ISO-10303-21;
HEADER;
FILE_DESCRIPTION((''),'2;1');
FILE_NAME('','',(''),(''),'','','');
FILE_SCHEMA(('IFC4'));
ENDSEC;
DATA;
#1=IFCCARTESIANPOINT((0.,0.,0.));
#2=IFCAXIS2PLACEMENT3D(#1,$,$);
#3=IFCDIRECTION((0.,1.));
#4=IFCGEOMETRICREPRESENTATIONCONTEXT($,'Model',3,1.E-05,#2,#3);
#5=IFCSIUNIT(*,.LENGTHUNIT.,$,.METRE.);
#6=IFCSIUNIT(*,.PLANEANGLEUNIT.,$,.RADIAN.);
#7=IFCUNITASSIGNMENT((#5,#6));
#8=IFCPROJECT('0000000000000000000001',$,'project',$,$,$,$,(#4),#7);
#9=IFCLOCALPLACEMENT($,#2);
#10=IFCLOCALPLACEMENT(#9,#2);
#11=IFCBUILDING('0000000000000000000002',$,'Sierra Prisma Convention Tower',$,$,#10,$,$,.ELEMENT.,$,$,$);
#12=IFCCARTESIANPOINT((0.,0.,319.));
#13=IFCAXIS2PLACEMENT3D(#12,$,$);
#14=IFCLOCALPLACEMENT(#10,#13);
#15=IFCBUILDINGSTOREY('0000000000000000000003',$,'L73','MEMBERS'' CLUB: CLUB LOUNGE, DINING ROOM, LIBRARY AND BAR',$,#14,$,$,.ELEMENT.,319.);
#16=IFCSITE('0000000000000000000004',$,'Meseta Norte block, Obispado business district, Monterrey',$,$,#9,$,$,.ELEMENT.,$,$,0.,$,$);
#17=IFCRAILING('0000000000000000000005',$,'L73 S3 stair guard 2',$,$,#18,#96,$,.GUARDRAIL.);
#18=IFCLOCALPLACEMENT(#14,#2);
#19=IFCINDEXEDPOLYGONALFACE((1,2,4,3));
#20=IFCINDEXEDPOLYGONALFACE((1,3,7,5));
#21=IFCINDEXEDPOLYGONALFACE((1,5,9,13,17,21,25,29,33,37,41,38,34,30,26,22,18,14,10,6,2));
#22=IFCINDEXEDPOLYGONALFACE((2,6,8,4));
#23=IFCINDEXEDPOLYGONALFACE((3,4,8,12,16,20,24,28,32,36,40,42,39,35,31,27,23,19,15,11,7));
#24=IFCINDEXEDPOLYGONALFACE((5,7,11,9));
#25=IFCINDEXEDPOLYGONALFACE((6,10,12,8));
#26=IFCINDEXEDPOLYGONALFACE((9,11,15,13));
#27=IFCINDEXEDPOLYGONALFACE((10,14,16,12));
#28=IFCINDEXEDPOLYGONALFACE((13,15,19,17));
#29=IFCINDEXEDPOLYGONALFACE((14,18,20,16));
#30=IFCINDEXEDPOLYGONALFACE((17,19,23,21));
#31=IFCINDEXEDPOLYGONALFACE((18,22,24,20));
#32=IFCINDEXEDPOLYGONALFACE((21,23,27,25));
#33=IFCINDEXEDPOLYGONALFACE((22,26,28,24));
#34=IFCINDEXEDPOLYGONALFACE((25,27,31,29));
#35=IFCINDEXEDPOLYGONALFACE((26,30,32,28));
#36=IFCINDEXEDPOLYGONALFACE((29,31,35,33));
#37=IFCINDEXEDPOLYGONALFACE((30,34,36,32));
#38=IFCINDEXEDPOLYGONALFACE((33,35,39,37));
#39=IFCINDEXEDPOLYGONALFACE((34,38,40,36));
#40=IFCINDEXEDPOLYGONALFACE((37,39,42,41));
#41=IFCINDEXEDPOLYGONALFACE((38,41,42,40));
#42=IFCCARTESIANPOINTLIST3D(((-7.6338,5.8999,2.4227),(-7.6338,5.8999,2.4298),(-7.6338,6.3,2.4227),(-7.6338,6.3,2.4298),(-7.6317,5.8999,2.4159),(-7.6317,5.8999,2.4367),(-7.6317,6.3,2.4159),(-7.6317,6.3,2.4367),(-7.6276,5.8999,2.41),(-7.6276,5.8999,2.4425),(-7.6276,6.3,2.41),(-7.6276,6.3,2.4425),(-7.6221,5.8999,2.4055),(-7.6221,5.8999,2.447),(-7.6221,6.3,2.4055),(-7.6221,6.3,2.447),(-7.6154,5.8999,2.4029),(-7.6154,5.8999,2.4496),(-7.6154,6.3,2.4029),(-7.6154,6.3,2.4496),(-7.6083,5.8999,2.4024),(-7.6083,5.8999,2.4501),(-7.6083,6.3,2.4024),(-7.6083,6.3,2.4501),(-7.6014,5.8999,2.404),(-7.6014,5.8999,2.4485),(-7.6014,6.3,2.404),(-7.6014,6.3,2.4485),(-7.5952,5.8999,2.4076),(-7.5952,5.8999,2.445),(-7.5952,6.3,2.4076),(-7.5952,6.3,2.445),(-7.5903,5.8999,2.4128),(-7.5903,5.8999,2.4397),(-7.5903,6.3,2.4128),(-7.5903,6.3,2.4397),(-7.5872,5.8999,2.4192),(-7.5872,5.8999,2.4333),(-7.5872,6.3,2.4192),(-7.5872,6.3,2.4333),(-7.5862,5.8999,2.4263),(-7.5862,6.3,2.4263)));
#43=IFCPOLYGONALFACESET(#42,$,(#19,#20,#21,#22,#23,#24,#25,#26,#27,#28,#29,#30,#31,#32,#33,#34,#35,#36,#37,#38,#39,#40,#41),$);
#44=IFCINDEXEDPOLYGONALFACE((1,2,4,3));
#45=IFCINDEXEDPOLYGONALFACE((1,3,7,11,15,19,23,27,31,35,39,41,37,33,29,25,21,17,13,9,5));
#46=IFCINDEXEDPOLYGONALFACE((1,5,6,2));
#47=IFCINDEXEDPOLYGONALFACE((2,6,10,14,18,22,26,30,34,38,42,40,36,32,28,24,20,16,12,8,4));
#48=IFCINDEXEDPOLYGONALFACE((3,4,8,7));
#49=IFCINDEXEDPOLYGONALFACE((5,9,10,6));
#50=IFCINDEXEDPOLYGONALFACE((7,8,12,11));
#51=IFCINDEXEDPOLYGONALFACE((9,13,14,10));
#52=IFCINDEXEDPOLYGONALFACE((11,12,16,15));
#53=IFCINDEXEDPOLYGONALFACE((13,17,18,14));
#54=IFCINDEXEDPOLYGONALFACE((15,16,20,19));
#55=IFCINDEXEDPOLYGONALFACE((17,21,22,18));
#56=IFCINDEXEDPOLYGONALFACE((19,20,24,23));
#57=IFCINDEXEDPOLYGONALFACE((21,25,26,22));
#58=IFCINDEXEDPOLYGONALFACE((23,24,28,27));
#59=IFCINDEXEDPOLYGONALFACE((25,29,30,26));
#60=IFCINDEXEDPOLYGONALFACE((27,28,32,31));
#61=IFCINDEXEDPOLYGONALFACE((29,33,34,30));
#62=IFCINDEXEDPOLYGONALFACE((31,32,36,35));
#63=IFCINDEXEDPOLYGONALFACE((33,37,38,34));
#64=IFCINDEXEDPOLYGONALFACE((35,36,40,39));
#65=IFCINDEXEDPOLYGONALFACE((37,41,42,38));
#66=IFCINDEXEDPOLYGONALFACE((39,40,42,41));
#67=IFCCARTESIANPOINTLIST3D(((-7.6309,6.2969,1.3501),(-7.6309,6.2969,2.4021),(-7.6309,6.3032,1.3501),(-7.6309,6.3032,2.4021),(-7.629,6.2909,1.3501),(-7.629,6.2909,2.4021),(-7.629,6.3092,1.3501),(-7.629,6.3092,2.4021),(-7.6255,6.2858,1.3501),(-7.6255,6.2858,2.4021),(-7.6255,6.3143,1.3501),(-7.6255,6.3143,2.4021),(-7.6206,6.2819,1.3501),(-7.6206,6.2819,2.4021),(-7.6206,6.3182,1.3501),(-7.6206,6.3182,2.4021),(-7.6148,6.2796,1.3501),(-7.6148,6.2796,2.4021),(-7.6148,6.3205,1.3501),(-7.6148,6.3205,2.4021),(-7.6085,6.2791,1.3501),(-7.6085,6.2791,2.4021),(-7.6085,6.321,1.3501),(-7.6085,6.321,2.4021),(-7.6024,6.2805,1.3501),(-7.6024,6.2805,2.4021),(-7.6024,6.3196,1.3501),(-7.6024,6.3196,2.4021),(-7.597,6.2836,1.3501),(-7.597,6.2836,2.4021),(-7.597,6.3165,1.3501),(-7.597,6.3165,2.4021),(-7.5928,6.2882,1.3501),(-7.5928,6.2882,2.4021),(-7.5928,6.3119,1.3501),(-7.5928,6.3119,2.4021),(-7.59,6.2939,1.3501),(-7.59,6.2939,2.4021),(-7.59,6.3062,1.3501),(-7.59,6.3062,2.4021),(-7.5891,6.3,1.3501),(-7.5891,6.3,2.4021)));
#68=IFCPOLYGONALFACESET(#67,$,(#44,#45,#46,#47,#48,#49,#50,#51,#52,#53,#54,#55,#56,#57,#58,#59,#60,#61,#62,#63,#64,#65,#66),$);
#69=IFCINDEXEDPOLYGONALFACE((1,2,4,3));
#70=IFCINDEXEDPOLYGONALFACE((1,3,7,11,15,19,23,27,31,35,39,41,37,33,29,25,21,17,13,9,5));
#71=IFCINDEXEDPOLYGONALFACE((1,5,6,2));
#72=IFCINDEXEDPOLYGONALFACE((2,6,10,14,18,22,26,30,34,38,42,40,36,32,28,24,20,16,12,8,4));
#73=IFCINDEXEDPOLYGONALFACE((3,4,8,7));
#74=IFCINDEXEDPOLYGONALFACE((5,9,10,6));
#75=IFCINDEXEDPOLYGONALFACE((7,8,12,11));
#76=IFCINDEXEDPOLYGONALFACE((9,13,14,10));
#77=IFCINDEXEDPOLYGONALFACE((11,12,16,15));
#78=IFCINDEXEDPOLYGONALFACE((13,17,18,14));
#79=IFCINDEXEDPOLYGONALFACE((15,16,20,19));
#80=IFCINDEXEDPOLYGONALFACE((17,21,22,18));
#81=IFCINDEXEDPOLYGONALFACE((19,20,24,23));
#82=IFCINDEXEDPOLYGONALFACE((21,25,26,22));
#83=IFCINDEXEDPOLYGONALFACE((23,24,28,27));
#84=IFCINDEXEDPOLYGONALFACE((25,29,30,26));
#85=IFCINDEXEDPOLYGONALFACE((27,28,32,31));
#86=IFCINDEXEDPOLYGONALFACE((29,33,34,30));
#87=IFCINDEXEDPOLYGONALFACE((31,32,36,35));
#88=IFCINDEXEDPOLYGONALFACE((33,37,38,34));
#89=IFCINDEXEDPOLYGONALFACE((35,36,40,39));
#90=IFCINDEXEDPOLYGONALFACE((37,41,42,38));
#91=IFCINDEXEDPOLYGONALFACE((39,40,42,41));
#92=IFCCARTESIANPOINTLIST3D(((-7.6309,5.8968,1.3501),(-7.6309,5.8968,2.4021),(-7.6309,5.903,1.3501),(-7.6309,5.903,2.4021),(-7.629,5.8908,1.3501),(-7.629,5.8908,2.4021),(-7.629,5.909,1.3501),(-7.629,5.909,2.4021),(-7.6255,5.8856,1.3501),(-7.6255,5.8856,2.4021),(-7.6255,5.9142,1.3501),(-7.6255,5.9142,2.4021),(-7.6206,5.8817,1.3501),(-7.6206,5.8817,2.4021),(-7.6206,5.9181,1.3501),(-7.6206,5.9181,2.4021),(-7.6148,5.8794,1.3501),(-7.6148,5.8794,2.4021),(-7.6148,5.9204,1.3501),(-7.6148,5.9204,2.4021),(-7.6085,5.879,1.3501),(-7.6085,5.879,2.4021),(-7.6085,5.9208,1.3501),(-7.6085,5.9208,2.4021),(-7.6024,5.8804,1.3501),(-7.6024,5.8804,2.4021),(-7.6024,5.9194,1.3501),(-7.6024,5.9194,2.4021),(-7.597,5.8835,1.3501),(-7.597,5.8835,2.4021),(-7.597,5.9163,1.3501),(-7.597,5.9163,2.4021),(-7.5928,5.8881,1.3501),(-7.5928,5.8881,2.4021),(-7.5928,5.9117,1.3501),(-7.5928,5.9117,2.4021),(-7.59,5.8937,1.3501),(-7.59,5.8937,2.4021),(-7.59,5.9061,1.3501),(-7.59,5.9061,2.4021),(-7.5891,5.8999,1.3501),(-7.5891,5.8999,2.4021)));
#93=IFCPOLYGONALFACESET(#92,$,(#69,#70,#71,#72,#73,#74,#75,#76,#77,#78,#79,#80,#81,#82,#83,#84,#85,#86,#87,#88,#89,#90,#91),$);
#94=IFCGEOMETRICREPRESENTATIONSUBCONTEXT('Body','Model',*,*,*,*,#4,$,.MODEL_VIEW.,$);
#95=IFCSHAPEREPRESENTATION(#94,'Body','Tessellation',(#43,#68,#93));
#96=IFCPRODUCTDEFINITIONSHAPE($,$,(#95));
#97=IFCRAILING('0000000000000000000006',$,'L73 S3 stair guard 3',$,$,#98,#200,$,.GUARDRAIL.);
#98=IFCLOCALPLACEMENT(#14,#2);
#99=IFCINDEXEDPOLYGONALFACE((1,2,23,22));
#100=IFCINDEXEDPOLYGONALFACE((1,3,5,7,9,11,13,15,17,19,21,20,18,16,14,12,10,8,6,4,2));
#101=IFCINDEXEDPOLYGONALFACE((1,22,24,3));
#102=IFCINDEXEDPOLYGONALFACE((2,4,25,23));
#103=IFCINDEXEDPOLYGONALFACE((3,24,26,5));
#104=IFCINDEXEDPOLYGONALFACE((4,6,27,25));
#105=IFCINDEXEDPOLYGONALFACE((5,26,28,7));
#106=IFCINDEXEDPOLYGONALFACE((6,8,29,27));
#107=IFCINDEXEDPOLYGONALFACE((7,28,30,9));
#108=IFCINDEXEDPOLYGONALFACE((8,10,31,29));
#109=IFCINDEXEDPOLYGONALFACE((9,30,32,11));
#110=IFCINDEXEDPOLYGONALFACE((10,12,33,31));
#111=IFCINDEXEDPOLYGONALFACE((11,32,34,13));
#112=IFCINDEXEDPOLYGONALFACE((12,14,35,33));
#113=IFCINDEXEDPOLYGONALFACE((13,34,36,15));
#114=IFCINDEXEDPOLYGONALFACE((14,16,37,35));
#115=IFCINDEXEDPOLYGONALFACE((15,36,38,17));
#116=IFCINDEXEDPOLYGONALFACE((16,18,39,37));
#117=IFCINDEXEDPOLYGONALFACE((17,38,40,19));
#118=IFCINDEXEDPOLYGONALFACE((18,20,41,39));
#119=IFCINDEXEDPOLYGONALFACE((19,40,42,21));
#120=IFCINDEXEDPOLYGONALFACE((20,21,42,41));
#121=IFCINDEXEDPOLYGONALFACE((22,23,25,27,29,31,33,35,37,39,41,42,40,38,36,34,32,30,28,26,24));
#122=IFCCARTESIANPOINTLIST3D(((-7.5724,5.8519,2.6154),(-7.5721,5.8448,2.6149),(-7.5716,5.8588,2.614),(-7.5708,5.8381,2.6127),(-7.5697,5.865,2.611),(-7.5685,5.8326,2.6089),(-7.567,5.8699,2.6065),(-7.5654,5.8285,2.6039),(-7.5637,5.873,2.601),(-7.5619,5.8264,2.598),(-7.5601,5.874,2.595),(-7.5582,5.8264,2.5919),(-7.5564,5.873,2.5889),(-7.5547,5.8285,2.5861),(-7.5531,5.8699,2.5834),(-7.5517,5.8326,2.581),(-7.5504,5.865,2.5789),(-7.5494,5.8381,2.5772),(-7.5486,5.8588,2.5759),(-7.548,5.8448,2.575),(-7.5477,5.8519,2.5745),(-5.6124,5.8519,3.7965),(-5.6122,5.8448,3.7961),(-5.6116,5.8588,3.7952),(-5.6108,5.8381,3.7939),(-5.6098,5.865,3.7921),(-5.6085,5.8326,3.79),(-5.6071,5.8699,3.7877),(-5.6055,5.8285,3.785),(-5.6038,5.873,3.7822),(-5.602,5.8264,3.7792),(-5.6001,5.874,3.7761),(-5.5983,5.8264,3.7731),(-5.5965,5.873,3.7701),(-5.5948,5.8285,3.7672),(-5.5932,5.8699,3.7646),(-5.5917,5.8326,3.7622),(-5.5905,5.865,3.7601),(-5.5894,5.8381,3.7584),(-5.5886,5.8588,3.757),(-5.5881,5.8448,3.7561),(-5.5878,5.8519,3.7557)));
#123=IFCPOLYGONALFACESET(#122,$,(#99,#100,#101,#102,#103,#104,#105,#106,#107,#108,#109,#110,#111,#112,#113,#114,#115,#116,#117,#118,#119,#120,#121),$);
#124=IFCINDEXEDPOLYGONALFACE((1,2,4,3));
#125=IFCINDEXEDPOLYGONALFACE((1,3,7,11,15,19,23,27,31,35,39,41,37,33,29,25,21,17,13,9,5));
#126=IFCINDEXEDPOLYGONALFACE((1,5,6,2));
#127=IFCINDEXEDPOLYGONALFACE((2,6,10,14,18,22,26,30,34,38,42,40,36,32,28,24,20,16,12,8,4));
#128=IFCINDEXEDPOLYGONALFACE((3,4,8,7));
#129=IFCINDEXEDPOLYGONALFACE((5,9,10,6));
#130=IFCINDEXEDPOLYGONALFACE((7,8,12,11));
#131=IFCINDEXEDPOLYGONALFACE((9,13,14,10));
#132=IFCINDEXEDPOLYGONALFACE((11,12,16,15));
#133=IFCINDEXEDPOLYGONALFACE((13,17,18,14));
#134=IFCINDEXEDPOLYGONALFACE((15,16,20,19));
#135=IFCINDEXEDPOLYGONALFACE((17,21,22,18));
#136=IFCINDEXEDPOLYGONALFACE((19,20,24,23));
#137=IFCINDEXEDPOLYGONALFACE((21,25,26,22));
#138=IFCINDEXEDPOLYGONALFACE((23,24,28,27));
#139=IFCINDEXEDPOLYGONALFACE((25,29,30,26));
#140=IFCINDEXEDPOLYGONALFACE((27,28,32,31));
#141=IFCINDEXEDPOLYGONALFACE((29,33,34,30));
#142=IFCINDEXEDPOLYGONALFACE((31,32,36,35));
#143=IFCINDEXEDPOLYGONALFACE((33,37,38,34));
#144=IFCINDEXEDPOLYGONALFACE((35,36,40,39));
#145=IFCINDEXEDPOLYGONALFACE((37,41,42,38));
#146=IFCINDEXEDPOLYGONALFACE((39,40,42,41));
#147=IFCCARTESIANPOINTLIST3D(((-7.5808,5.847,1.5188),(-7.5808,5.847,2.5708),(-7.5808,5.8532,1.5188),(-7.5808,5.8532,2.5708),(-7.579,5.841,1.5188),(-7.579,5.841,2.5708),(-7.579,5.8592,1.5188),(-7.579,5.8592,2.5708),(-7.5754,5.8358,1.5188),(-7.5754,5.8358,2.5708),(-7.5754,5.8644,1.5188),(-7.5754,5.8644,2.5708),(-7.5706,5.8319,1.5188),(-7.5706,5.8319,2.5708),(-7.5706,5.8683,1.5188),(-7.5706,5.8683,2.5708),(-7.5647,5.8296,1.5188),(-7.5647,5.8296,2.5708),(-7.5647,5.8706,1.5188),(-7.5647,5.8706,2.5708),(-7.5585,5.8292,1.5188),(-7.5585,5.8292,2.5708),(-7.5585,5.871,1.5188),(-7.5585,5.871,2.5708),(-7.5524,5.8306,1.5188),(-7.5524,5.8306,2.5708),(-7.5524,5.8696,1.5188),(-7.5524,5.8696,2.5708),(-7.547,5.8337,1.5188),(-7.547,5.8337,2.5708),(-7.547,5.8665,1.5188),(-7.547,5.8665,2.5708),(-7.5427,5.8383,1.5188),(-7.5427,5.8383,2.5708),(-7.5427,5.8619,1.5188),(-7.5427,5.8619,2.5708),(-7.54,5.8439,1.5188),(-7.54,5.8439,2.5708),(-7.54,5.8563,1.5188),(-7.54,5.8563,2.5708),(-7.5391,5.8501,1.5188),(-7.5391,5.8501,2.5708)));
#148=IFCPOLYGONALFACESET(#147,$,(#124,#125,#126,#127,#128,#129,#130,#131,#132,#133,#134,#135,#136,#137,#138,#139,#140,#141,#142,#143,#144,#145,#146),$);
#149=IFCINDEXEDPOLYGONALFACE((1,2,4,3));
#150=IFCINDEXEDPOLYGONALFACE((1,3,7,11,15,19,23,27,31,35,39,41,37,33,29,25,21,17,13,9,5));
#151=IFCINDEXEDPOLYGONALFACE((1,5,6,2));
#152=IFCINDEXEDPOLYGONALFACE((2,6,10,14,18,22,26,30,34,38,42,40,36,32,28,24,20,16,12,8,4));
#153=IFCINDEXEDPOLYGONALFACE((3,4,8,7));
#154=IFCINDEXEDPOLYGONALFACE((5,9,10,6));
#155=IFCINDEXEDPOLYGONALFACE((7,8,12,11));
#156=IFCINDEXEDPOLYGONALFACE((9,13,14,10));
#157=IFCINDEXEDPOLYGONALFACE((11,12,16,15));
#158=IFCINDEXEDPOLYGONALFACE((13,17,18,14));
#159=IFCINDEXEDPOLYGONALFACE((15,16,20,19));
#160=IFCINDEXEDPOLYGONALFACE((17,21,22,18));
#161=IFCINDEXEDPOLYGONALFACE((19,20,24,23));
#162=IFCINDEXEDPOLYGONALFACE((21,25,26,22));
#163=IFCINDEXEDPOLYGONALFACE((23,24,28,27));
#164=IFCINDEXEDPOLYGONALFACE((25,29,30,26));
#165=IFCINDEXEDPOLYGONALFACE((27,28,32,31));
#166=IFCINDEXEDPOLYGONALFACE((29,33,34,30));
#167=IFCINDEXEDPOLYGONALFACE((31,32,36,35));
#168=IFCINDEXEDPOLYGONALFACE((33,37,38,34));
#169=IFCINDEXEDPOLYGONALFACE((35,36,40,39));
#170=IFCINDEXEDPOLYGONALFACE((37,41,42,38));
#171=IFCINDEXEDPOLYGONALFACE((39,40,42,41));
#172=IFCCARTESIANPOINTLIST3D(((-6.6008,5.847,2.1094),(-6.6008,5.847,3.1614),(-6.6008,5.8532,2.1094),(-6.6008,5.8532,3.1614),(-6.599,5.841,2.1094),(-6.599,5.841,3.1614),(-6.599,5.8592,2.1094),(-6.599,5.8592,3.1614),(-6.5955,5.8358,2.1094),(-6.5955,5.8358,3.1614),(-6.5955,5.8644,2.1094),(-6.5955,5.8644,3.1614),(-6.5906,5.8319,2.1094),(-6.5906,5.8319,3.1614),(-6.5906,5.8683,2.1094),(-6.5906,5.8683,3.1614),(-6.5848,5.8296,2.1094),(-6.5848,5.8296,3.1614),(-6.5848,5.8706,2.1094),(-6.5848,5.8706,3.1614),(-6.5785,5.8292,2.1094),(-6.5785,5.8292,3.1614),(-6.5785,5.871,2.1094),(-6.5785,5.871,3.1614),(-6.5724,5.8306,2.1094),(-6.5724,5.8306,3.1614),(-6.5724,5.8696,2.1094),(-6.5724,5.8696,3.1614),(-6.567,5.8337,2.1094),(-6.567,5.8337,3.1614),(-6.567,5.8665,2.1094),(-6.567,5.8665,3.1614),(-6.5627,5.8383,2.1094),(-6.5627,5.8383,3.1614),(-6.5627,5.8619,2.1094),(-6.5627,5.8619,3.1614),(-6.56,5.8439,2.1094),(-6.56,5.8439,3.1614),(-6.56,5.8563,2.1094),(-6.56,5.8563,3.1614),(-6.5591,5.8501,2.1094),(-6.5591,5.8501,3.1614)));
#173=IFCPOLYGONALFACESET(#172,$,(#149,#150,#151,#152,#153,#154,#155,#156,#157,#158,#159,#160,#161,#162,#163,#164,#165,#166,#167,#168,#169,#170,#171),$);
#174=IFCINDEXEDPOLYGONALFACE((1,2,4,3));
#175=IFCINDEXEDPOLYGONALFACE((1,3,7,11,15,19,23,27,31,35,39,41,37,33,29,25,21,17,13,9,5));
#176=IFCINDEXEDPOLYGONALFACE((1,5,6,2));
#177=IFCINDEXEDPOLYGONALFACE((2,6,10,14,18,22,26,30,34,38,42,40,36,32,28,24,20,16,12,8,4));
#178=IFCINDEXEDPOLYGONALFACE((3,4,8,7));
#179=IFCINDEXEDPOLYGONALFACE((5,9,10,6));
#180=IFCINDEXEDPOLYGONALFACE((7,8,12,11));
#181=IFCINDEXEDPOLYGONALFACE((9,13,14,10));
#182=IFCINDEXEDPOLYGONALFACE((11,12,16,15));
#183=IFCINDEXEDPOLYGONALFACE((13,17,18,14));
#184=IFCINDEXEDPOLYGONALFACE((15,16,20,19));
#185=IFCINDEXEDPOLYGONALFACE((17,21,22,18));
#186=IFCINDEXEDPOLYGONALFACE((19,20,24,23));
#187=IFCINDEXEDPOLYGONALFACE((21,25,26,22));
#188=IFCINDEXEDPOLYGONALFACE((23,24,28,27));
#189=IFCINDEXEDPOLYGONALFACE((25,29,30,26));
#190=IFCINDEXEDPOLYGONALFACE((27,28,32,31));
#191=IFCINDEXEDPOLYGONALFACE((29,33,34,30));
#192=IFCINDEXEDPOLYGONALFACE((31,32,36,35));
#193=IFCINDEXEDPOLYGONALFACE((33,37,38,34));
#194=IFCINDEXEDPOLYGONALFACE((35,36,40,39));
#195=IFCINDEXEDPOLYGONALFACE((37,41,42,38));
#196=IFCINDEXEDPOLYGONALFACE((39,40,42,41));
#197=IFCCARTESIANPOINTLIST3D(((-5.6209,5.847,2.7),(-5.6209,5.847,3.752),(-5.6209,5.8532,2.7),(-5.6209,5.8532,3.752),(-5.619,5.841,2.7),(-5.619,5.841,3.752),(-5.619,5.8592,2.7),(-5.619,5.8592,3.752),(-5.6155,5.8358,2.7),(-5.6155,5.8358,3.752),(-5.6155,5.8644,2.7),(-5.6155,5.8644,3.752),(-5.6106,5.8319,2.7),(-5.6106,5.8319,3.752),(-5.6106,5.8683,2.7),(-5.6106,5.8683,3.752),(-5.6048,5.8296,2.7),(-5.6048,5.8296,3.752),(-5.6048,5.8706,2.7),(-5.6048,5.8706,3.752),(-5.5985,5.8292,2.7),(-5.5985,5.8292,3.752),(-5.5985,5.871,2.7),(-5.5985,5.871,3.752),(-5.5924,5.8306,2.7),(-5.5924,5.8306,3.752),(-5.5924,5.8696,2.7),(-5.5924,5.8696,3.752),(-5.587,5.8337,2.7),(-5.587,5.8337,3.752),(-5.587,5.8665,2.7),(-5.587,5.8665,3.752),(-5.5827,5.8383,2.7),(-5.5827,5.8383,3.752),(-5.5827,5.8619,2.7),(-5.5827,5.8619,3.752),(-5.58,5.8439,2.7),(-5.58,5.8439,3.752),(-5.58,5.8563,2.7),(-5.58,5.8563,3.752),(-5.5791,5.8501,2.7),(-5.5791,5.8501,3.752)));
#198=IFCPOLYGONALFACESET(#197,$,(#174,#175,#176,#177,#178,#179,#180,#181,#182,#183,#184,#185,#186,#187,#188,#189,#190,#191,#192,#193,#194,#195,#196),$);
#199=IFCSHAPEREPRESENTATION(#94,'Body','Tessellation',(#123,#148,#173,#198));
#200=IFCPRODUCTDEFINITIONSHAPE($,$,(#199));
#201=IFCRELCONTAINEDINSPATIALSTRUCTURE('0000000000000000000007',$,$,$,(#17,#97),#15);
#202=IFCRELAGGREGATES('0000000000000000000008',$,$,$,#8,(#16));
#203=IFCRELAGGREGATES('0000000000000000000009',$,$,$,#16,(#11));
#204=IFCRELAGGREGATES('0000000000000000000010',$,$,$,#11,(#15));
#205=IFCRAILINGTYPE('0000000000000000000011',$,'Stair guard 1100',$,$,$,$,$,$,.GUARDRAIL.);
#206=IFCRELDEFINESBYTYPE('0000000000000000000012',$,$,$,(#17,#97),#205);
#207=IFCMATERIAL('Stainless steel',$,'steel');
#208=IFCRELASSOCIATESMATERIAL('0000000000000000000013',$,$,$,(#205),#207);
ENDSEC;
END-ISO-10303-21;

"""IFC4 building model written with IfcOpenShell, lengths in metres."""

from ifc_helpers import new_model, si_unit, direction, frame, origin, origin_2d, place, context, subcontext, project, spatial, circle, extrude, material, type_object, element, save


model = new_model("IFC4")

# Units and contexts
model_context = context("Model", 3, precision=1e-05, world=origin(), true_north=direction((0.0, 1.0)))
body_context = subcontext(model_context, "Body", "Model", "MODEL_VIEW")
ifc_project = project(units=[si_unit("LENGTHUNIT", "METRE"), si_unit("PLANEANGLEUNIT", "RADIAN")], contexts=[model_context])

# Site, building, storey
site_placement = place(None, origin())
site = spatial("IfcSite", under=ifc_project, at=site_placement, Name="Meseta Norte block, Obispado business district, Monterrey", CompositionType="ELEMENT", RefElevation=0.0)
building_placement = place(site_placement, origin())
building = spatial("IfcBuilding", under=site, at=building_placement, Name="Sierra Prisma Convention Tower", CompositionType="ELEMENT")
storey_placement = place(building_placement, frame((0.0, 0.0, 319.0)))
storey = spatial("IfcBuildingStorey", under=building, at=storey_placement, Name="L73", Description="MEMBERS' CLUB: CLUB LOUNGE, DINING ROOM, LIBRARY AND BAR", CompositionType="ELEMENT", Elevation=319.0)

# Railings
ifc_material_1 = material(Name="Stainless steel", Category="steel")
railing_type_1 = type_object("IfcRailingType", Name="Stair guard 1100", PredefinedType="GUARDRAIL", material=ifc_material_1)
railing_1_placement = place(storey_placement, frame((-7.6101, 6.3, 1.3501)))
element("IfcRailing", 1, at=railing_1_placement, inside=storey, type_object=railing_type_1, Name="L73 S3 stair guard 2", PredefinedType="GUARDRAIL", context=body_context, shape_type="SweptSolid", body=[
    extrude(circle(Radius=0.0239, at=origin_2d()), frame((0.0, 0.0, 1.0762), z_axis=(0.0, -1.0, 0.0), x_axis=(1.0, 0.0, 0.0)), (0.0, 0.0, 1.0), 0.4001),
    extrude(circle(Radius=0.021, at=origin_2d()), origin(), (0.0, 0.0, 1.0), 1.052),
    extrude(circle(Radius=0.021, at=origin_2d()), frame((0.0, -0.4001, 0.0)), (0.0, 0.0, 1.0), 1.052),
])
railing_2_placement = place(storey_placement, frame((-7.5601, 5.8501, 1.5188)))
element("IfcRailing", 2, at=railing_2_placement, inside=storey, type_object=railing_type_1, Name="L73 S3 stair guard 3", PredefinedType="GUARDRAIL", context=body_context, shape_type="SweptSolid", body=[
    extrude(circle(Radius=0.0239, at=origin_2d()), frame((0.0, 0.0, 1.0762), z_axis=(0.856493, 0.0, 0.516158), x_axis=(0.0, 1.0, 0.0)), (0.0, 0.0, 1.0), 2.2883),
    extrude(circle(Radius=0.021, at=origin_2d()), origin(), (0.0, 0.0, 1.0), 1.052),
    extrude(circle(Radius=0.021, at=origin_2d()), frame((0.98, 0.0, 0.5906)), (0.0, 0.0, 1.0), 1.052),
    extrude(circle(Radius=0.021, at=origin_2d()), frame((1.96, 0.0, 1.1812)), (0.0, 0.0, 1.0), 1.052),
])

save(model, "model.ifc")
